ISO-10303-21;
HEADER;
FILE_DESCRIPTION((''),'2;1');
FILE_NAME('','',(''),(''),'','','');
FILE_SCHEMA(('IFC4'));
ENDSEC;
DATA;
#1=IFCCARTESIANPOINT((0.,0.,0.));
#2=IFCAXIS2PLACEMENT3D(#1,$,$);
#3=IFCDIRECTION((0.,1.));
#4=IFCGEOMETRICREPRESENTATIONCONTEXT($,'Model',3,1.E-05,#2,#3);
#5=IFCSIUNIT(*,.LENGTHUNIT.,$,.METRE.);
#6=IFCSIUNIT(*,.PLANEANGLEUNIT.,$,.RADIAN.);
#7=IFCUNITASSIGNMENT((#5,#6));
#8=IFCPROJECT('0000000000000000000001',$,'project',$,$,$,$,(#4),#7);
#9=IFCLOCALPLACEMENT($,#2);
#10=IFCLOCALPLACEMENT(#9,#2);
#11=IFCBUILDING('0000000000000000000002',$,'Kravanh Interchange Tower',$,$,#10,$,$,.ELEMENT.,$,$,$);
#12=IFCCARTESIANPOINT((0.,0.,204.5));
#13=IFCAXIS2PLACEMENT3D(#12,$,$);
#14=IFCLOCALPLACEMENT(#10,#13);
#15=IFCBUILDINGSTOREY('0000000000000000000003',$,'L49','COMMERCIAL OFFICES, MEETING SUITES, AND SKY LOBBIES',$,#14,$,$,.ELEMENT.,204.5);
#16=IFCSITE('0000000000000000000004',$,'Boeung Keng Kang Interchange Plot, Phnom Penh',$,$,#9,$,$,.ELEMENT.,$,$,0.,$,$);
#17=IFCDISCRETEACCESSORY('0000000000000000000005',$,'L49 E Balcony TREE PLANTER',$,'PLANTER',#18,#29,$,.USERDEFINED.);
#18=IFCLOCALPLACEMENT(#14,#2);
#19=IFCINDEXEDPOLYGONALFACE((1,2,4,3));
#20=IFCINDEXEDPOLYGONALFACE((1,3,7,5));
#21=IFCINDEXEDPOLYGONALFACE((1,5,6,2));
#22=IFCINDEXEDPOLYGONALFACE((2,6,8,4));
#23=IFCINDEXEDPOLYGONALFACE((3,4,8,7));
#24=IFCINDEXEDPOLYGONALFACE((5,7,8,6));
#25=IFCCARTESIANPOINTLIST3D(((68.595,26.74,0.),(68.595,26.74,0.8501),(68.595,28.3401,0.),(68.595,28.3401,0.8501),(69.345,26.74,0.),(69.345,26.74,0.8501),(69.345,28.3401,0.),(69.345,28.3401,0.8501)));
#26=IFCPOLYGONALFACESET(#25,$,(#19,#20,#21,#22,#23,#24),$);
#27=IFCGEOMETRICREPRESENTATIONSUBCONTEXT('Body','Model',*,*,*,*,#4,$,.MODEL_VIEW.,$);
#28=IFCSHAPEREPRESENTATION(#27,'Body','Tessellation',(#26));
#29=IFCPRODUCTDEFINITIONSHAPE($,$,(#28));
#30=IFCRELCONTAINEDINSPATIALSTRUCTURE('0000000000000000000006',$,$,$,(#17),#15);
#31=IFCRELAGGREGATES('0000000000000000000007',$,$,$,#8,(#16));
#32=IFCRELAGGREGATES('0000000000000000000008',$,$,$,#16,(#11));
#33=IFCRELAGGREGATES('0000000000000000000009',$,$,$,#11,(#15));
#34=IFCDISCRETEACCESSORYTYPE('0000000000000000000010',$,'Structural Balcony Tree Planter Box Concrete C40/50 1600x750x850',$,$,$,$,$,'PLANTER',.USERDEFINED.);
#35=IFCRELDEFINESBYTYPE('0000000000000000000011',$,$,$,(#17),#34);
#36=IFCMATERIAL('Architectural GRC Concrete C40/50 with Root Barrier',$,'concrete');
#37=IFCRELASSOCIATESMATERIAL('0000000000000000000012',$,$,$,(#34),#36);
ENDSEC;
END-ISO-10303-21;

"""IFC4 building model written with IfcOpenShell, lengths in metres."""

from ifc_helpers import new_model, si_unit, direction, frame, origin, origin_2d, place, context, subcontext, project, spatial, rectangle, extrude, material, type_object, element, save


model = new_model("IFC4")

# Units and contexts
model_context = context("Model", 3, precision=1e-05, world=origin(), true_north=direction((0.0, 1.0)))
body_context = subcontext(model_context, "Body", "Model", "MODEL_VIEW")
ifc_project = project(units=[si_unit("LENGTHUNIT", "METRE"), si_unit("PLANEANGLEUNIT", "RADIAN")], contexts=[model_context])

# Site, building, storey
site_placement = place(None, origin())
site = spatial("IfcSite", under=ifc_project, at=site_placement, Name="Boeung Keng Kang Interchange Plot, Phnom Penh", CompositionType="ELEMENT", RefElevation=0.0)
building_placement = place(site_placement, origin())
building = spatial("IfcBuilding", under=site, at=building_placement, Name="Kravanh Interchange Tower", CompositionType="ELEMENT")
storey_placement = place(building_placement, frame((0.0, 0.0, 204.5)))
storey = spatial("IfcBuildingStorey", under=building, at=storey_placement, Name="L49", Description="COMMERCIAL OFFICES, MEETING SUITES, AND SKY LOBBIES", CompositionType="ELEMENT", Elevation=204.5)

# Discrete accessory
ifc_material_1 = material(Name="Architectural GRC Concrete C40/50 with Root Barrier", Category="concrete")
discrete_accessory_type = type_object("IfcDiscreteAccessoryType", Name="Structural Balcony Tree Planter Box Concrete C40/50 1600x750x850", ElementType="PLANTER", PredefinedType="USERDEFINED", material=ifc_material_1)
discrete_accessory_placement = place(storey_placement, frame((68.97, 27.54, 0.0), z_axis=(0.0, 0.0, 1.0), x_axis=(1.0, 0.0, 0.0)))
element("IfcDiscreteAccessory", 1, at=discrete_accessory_placement, inside=storey, type_object=discrete_accessory_type, Name="L49 E Balcony TREE PLANTER", ObjectType="PLANTER", PredefinedType="USERDEFINED", context=body_context, shape_type="SweptSolid", body=[
    extrude(rectangle(XDim=0.75, YDim=1.6001, at=origin_2d()), origin(), (0.0, 0.0, 1.0), 0.8501),
])

save(model, "model.ifc")
